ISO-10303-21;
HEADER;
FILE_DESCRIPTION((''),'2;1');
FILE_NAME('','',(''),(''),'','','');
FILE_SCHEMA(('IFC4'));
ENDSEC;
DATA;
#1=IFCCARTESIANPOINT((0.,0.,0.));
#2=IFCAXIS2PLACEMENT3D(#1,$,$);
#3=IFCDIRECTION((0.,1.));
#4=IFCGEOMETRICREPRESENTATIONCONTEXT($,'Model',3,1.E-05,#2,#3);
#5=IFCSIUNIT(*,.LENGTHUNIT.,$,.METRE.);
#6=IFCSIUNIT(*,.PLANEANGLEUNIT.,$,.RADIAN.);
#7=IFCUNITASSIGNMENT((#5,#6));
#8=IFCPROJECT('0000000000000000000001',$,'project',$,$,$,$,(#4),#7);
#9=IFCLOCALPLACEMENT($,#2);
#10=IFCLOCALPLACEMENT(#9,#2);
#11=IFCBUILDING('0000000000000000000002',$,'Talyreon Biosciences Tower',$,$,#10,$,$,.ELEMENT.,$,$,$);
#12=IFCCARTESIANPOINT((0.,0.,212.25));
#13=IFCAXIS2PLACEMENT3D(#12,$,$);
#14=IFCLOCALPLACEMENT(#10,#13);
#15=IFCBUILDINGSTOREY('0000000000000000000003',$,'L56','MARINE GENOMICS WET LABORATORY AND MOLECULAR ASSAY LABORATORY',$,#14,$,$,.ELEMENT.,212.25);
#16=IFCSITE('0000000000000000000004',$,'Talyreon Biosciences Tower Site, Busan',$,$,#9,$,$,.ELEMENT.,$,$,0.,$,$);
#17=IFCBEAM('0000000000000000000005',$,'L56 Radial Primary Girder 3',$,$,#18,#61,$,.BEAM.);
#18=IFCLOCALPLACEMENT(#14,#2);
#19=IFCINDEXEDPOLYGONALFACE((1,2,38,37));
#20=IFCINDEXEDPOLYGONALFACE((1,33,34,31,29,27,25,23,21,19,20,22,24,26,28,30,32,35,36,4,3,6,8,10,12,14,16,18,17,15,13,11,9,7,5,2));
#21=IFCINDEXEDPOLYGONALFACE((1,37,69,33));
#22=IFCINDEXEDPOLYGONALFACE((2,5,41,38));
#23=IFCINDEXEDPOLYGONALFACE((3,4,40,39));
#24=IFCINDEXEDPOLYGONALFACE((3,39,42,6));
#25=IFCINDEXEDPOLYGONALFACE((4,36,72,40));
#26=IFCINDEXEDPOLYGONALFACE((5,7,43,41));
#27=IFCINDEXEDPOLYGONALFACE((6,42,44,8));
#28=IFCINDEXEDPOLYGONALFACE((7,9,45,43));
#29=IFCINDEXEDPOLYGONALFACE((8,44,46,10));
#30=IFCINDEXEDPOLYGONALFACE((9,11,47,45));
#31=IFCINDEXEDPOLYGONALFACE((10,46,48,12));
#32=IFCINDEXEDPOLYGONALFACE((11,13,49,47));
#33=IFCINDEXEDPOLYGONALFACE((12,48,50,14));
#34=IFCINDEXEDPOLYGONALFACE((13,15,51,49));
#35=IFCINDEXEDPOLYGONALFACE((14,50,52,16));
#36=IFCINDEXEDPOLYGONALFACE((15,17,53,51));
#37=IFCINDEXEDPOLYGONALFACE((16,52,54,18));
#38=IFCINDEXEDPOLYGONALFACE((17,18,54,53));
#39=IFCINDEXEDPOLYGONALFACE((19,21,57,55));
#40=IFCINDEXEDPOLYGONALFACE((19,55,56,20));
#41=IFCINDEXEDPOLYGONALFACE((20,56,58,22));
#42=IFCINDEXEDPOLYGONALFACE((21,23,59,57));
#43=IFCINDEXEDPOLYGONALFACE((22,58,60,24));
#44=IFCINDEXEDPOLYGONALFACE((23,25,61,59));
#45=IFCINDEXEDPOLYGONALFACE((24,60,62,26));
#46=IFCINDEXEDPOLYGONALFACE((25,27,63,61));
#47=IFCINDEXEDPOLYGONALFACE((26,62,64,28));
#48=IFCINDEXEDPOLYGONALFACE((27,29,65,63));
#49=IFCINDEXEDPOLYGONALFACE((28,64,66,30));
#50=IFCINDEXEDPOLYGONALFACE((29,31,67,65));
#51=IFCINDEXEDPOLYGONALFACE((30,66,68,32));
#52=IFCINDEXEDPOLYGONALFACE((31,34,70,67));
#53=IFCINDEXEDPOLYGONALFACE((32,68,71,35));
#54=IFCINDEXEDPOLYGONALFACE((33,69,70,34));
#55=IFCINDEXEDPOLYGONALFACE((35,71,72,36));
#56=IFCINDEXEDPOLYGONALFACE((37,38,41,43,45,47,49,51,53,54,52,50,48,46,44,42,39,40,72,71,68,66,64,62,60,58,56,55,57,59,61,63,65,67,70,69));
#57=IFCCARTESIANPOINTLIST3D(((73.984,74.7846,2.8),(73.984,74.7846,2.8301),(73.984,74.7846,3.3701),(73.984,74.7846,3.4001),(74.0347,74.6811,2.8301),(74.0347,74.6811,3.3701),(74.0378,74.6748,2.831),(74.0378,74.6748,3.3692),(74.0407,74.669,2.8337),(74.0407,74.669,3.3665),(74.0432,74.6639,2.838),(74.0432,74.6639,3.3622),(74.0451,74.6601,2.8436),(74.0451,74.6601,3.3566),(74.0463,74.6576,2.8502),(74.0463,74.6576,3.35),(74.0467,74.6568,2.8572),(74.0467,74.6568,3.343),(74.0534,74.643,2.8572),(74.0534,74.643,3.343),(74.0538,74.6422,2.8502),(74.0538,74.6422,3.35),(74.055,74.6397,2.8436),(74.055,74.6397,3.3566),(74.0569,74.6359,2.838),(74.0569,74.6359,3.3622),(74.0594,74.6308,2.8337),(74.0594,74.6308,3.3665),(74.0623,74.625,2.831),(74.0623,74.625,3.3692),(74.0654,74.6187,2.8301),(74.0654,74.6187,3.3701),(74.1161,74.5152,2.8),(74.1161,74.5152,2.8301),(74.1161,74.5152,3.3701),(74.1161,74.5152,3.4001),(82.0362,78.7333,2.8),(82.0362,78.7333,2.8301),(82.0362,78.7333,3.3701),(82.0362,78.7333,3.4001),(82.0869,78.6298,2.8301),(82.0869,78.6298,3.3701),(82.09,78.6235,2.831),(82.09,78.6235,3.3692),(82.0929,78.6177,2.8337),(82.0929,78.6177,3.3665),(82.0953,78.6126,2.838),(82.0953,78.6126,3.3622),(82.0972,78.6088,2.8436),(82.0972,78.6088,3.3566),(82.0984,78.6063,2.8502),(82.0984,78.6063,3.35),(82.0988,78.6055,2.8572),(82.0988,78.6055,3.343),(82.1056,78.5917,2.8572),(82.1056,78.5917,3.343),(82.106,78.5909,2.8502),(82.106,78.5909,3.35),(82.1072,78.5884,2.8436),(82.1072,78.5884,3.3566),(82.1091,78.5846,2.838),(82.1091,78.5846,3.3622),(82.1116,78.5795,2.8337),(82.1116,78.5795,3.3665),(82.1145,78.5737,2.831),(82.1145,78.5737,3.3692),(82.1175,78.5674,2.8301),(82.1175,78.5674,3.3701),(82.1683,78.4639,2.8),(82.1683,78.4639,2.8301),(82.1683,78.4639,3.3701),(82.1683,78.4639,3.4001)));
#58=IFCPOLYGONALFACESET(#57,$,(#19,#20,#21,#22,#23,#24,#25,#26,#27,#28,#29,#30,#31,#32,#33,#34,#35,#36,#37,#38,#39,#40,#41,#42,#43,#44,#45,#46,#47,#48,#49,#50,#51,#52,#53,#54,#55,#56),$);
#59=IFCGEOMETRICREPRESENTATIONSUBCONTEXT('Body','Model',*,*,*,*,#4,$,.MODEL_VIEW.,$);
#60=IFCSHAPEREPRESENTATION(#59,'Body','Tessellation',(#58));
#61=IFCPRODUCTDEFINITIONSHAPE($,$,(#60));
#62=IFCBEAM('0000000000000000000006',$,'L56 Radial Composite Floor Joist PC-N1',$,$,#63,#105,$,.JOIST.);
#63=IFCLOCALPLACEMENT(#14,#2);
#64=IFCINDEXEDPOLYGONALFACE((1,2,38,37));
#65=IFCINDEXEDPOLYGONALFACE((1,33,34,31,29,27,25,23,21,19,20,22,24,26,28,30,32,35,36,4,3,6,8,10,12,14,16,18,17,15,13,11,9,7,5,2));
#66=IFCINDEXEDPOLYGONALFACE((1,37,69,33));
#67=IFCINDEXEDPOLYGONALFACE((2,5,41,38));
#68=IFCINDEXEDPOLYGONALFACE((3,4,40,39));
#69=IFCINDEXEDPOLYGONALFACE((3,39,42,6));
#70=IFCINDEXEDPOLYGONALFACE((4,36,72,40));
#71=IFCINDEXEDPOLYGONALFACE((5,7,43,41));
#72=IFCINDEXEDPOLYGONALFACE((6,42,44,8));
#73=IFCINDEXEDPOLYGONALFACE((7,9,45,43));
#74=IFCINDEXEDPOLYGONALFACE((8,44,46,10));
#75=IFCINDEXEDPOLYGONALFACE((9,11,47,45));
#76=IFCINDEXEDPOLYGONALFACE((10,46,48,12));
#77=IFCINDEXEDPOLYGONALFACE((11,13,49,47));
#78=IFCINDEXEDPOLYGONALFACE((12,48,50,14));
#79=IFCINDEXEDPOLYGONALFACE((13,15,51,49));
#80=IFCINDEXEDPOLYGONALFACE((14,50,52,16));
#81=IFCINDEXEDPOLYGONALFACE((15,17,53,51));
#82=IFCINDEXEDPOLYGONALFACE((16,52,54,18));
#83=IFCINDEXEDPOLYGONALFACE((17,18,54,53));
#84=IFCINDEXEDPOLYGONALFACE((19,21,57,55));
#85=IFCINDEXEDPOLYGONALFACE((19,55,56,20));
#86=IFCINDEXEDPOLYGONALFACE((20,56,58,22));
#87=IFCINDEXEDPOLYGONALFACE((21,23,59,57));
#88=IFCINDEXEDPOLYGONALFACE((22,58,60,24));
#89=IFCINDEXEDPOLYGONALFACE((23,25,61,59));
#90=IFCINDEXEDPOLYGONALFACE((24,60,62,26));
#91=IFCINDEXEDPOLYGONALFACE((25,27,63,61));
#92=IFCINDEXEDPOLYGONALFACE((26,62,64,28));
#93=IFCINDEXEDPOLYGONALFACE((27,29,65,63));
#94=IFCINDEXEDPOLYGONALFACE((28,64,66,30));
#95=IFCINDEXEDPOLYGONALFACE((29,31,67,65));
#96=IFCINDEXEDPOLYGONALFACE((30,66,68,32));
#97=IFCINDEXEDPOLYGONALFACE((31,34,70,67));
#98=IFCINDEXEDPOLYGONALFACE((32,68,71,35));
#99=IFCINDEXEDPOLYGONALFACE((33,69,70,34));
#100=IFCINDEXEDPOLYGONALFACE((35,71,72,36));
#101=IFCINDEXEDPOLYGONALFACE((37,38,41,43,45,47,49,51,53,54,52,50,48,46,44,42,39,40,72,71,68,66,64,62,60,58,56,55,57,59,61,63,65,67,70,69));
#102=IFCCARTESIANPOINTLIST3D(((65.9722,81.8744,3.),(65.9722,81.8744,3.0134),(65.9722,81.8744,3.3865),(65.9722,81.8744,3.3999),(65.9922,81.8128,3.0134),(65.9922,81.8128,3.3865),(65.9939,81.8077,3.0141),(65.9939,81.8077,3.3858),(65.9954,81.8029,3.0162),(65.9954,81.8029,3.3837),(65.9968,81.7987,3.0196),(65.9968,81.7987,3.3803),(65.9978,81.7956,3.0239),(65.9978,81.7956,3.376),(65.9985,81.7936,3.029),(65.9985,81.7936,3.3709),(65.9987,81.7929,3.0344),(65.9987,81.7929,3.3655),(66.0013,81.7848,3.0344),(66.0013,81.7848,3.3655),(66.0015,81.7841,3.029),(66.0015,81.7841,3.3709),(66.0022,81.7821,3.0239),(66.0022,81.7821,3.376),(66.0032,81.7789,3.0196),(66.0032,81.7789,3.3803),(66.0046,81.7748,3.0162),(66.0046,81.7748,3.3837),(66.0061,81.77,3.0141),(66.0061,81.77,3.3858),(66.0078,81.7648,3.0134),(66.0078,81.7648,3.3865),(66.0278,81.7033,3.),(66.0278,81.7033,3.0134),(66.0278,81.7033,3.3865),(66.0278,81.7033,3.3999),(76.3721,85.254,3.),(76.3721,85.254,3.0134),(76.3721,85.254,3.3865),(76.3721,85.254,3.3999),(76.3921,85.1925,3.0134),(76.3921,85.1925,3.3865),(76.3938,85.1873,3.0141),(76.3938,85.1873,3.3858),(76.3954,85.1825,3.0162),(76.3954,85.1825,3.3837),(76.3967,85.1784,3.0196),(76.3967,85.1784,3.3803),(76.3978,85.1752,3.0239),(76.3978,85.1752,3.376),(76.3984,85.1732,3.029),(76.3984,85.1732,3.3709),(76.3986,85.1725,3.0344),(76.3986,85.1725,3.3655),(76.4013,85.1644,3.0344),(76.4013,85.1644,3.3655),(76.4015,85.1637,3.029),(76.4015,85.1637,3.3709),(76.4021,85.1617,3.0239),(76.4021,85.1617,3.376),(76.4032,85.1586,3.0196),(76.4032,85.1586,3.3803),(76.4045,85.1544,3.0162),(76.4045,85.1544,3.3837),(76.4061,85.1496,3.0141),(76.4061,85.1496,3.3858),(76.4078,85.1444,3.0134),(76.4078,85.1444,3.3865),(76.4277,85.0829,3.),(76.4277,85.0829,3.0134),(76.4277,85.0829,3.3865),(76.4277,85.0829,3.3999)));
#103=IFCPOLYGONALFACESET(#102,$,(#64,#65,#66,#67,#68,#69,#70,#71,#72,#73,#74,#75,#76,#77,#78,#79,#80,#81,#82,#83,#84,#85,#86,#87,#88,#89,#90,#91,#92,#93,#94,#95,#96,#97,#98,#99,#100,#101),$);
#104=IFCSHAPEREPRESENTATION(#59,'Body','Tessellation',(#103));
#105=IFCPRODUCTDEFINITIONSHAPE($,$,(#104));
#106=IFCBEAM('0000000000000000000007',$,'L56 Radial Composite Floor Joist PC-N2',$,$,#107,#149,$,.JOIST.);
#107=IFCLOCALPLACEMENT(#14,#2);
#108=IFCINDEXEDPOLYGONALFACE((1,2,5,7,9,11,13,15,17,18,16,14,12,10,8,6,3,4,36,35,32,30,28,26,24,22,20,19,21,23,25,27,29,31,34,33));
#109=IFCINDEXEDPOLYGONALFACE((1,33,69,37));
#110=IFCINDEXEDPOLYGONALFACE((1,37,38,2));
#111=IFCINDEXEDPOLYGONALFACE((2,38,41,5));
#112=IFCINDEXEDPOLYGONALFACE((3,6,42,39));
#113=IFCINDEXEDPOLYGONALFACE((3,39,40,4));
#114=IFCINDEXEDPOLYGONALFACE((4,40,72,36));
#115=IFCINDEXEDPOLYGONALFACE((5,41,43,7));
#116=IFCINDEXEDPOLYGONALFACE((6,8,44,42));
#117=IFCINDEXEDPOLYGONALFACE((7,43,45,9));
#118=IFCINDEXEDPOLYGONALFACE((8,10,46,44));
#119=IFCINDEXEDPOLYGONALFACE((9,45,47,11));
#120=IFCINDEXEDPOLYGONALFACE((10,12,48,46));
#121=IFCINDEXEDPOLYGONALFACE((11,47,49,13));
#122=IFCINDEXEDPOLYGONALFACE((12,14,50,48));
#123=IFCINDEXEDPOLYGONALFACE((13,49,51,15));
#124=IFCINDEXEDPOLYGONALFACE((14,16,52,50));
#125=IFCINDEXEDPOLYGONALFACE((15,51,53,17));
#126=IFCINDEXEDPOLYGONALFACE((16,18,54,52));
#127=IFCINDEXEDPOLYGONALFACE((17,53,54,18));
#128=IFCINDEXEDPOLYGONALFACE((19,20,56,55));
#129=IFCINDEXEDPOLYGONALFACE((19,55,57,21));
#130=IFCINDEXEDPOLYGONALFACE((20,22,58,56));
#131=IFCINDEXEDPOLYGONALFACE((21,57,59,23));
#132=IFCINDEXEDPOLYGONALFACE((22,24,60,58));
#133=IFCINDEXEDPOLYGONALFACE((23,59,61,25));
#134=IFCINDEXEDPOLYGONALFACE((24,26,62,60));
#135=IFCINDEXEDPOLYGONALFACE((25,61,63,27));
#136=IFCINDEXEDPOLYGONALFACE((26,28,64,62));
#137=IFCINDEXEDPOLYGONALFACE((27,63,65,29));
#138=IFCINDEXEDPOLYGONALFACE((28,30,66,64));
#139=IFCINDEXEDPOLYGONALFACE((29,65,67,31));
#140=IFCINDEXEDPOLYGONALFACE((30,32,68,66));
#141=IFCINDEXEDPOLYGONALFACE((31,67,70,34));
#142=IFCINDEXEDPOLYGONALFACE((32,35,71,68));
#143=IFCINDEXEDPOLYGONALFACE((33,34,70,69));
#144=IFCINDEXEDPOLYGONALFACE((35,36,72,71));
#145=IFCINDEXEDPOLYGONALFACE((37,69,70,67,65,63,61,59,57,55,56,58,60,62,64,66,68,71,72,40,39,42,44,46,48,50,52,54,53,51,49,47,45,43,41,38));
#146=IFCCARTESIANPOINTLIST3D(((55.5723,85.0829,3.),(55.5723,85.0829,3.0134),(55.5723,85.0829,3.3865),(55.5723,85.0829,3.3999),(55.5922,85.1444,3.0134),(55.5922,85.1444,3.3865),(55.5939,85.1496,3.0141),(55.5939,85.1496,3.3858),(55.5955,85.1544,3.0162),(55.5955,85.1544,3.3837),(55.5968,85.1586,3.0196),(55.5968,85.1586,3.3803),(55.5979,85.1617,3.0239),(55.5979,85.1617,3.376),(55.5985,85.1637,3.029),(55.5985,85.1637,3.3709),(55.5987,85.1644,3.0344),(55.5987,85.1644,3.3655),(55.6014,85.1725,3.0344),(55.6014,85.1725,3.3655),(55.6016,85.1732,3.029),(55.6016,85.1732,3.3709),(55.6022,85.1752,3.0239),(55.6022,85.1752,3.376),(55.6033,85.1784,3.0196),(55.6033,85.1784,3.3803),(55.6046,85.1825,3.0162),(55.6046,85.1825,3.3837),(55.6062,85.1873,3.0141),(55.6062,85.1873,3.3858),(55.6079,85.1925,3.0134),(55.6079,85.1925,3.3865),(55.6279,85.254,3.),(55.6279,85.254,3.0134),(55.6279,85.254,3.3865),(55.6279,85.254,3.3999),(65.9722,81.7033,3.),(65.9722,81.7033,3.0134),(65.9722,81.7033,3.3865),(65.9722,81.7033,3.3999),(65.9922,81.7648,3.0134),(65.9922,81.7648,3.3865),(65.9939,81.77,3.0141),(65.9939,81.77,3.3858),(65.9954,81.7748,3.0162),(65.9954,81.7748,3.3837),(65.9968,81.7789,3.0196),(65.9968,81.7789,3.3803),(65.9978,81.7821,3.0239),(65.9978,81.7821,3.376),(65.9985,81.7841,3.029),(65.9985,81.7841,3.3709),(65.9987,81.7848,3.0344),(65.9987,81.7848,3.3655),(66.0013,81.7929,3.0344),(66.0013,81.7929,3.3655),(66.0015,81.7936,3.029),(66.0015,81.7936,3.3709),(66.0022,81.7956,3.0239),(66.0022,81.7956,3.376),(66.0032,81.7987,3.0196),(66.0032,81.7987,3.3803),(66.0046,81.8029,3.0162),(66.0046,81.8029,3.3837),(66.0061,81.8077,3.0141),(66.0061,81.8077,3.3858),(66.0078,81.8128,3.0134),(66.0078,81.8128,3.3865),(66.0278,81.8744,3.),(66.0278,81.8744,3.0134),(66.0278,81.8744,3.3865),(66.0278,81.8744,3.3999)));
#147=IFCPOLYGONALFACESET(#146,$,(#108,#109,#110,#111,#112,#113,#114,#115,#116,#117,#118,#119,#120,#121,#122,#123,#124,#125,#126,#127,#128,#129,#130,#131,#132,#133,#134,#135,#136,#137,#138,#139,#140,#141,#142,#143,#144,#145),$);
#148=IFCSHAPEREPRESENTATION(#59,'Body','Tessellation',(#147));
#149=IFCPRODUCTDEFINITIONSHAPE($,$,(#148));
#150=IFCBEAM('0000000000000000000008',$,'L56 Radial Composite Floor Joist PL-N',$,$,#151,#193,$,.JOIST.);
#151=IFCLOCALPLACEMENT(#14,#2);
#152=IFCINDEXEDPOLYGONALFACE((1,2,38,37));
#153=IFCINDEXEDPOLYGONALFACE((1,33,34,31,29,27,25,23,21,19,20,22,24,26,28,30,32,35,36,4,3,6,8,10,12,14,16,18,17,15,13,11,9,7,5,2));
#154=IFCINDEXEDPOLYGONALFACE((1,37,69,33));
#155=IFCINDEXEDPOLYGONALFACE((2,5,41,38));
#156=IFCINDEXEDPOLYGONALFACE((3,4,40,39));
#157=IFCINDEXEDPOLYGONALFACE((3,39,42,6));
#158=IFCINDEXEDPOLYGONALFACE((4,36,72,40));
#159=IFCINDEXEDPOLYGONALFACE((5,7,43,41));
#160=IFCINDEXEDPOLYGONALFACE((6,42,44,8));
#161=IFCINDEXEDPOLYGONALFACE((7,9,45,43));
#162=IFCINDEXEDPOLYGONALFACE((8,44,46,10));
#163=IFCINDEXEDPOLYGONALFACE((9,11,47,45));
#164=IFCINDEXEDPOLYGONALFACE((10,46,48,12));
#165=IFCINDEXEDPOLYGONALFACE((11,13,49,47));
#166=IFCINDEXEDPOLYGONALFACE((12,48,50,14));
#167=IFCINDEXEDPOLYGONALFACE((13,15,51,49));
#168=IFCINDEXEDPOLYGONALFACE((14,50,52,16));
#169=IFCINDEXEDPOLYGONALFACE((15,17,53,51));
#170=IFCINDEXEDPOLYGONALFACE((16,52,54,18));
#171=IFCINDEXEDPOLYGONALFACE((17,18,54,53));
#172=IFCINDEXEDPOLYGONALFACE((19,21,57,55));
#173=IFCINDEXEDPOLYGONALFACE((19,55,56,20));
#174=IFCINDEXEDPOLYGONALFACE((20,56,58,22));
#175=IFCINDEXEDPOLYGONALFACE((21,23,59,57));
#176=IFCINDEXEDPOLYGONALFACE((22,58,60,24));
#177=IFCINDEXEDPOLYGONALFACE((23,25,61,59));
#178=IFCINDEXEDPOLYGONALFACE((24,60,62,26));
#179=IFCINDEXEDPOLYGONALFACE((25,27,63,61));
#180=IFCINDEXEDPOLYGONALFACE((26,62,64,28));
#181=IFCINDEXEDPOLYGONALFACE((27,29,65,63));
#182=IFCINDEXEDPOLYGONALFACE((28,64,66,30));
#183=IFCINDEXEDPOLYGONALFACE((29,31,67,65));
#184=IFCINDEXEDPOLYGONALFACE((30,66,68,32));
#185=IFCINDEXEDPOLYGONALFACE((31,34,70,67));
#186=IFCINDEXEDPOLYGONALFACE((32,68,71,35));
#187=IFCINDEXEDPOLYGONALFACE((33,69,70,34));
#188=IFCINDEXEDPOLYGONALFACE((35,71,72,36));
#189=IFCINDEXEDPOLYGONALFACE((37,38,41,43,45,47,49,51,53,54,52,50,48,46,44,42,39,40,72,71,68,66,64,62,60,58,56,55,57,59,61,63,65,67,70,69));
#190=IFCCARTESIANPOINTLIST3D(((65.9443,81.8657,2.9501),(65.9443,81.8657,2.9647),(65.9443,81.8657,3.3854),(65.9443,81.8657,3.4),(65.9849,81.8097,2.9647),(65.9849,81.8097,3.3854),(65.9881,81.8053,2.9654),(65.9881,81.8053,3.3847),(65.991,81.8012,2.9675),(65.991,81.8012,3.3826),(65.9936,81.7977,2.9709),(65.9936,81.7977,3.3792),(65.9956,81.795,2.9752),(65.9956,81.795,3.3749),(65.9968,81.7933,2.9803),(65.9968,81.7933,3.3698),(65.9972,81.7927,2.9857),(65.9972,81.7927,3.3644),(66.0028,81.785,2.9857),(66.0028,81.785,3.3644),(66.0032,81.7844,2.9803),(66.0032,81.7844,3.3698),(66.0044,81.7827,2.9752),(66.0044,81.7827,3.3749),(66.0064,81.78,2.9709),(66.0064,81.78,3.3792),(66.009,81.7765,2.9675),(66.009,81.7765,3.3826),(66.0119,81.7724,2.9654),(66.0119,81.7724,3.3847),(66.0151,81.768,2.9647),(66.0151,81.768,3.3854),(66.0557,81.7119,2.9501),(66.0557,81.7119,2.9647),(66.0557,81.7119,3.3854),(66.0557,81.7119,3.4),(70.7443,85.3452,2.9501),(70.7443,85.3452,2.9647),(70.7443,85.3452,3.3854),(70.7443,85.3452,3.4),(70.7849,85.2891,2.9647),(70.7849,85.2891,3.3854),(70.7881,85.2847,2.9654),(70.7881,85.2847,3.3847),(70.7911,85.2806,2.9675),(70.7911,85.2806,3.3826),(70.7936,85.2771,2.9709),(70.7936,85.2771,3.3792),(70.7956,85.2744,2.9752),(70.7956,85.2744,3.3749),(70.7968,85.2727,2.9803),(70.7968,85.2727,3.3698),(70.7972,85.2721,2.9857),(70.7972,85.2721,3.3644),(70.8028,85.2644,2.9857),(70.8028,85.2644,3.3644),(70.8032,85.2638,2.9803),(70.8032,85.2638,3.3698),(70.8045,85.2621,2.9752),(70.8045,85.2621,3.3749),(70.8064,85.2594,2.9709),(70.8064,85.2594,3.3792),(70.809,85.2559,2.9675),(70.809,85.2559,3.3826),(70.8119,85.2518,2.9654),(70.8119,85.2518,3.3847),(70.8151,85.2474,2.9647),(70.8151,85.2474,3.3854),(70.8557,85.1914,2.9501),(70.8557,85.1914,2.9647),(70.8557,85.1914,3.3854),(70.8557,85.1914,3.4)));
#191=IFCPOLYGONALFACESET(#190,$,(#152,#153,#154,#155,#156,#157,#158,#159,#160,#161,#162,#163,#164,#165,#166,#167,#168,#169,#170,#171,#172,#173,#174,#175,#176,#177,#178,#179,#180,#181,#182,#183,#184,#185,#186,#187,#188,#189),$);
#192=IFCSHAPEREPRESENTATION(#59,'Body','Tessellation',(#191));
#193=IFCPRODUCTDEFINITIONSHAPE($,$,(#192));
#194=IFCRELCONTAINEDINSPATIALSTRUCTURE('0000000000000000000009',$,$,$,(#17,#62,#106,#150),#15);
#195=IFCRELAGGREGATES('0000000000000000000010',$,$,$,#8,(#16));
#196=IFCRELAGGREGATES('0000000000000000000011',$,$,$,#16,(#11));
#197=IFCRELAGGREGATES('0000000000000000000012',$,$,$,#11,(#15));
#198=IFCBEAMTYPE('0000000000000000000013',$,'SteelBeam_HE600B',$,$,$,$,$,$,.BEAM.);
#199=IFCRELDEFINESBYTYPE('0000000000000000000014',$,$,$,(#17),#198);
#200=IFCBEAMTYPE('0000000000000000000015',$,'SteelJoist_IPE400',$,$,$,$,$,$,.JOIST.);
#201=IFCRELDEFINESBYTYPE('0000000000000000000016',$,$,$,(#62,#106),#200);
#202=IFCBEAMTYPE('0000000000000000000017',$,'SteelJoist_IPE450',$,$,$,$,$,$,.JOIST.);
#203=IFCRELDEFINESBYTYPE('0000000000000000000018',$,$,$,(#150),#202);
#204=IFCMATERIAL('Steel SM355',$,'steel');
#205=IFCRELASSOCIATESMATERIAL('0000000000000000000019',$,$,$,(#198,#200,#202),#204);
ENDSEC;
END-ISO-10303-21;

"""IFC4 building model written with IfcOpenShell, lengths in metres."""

from ifc_helpers import new_model, si_unit, direction, frame, origin, origin_2d, place, context, subcontext, project, spatial, i_section, extrude, material, material_profile, profile_set, type_object, element, save


model = new_model("IFC4")

# Units and contexts
model_context = context("Model", 3, precision=1e-05, world=origin(), true_north=direction((0.0, 1.0)))
body_context = subcontext(model_context, "Body", "Model", "MODEL_VIEW")
ifc_project = project(units=[si_unit("LENGTHUNIT", "METRE"), si_unit("PLANEANGLEUNIT", "RADIAN")], contexts=[model_context])

# Site, building, storey
site_placement = place(None, origin())
site = spatial("IfcSite", under=ifc_project, at=site_placement, Name="Talyreon Biosciences Tower Site, Busan", CompositionType="ELEMENT", RefElevation=0.0)
building_placement = place(site_placement, origin())
building = spatial("IfcBuilding", under=site, at=building_placement, Name="Talyreon Biosciences Tower", CompositionType="ELEMENT")
storey_placement = place(building_placement, frame((0.0, 0.0, 212.25)))
storey = spatial("IfcBuildingStorey", under=building, at=storey_placement, Name="L56", Description="MARINE GENOMICS WET LABORATORY AND MOLECULAR ASSAY LABORATORY", CompositionType="ELEMENT", Elevation=212.25)

# Beams
ifc_material_1 = material(Name="Steel SM355", Category="steel")
ifc_material_profile_1 = material_profile(ifc_material_1, i_section(OverallWidth=0.3, OverallDepth=0.6001, WebThickness=0.0154, FlangeThickness=0.03, FilletRadius=0.0271, at=origin_2d()), Name="HE600B")
ifc_profile_set_1 = profile_set([ifc_material_profile_1], Name="Steel SM355")
beam_type_1 = type_object("IfcBeamType", Name="SteelBeam_HE600B", PredefinedType="BEAM", material=ifc_profile_set_1)
beam_1_placement = place(storey_placement, frame((74.05, 74.6499, 3.1001), z_axis=(0.897852, 0.440297, 0.0), x_axis=(-0.440297, 0.897852, 0.0)))
element("IfcBeam", 1, at=beam_1_placement, inside=storey, type_object=beam_type_1, Name="L56 Radial Primary Girder 3", PredefinedType="BEAM", context=body_context, shape_type="SweptSolid", body=[
    extrude(i_section(OverallWidth=0.3, OverallDepth=0.6001, WebThickness=0.0154, FlangeThickness=0.03, FilletRadius=0.0271, at=origin_2d()), origin(), (0.0, 0.0, 1.0), 8.9683),
])
ifc_material_profile_2 = material_profile(ifc_material_1, i_section(OverallWidth=0.1799, OverallDepth=0.3999, WebThickness=0.0085, FlangeThickness=0.0134, FilletRadius=0.021, at=origin_2d()), Name="IPE400")
ifc_profile_set_2 = profile_set([ifc_material_profile_2], Name="Steel SM355")
beam_type_2 = type_object("IfcBeamType", Name="SteelJoist_IPE400", PredefinedType="JOIST", material=ifc_profile_set_2)
for number, where, z_axis, x_axis, name in (
    (2, (66.0, 81.7888, 3.2), (0.951043, 0.309059, 0.0), (-0.309059, 0.951043, 0.0), "L56 Radial Composite Floor Joist PC-N1"),
    (3, (66.0, 81.7888, 3.2), (-0.951043, 0.309059, 0.0), (-0.309059, -0.951043, 0.0), "L56 Radial Composite Floor Joist PC-N2"),
):
    element("IfcBeam", number, at=place(storey_placement, frame(where, z_axis=z_axis, x_axis=x_axis)), inside=storey, type_object=beam_type_2, Name=name, PredefinedType="JOIST", context=body_context, shape_type="SweptSolid", body=[
        extrude(i_section(OverallWidth=0.1799, OverallDepth=0.3999, WebThickness=0.0085, FlangeThickness=0.0134, FilletRadius=0.021, at=origin_2d()), origin(), (0.0, 0.0, 1.0), 10.9353),
    ])
ifc_material_profile_3 = material_profile(ifc_material_1, i_section(OverallWidth=0.1899, OverallDepth=0.45, WebThickness=0.0095, FlangeThickness=0.0146, FilletRadius=0.021, at=origin_2d()), Name="IPE450")
ifc_profile_set_3 = profile_set([ifc_material_profile_3], Name="Steel SM355")
beam_type_3 = type_object("IfcBeamType", Name="SteelJoist_IPE450", PredefinedType="JOIST", material=ifc_profile_set_3)
beam_2_placement = place(storey_placement, frame((66.0, 81.7888, 3.175), z_axis=(0.809654, 0.586908, 0.0), x_axis=(-0.586908, 0.809654, 0.0)))
element("IfcBeam", 4, at=beam_2_placement, inside=storey, type_object=beam_type_3, Name="L56 Radial Composite Floor Joist PL-N", PredefinedType="JOIST", context=body_context, shape_type="SweptSolid", body=[
    extrude(i_section(OverallWidth=0.1899, OverallDepth=0.45, WebThickness=0.0095, FlangeThickness=0.0146, FilletRadius=0.021, at=origin_2d()), origin(), (0.0, 0.0, 1.0), 5.9285),
])

save(model, "model.ifc")
